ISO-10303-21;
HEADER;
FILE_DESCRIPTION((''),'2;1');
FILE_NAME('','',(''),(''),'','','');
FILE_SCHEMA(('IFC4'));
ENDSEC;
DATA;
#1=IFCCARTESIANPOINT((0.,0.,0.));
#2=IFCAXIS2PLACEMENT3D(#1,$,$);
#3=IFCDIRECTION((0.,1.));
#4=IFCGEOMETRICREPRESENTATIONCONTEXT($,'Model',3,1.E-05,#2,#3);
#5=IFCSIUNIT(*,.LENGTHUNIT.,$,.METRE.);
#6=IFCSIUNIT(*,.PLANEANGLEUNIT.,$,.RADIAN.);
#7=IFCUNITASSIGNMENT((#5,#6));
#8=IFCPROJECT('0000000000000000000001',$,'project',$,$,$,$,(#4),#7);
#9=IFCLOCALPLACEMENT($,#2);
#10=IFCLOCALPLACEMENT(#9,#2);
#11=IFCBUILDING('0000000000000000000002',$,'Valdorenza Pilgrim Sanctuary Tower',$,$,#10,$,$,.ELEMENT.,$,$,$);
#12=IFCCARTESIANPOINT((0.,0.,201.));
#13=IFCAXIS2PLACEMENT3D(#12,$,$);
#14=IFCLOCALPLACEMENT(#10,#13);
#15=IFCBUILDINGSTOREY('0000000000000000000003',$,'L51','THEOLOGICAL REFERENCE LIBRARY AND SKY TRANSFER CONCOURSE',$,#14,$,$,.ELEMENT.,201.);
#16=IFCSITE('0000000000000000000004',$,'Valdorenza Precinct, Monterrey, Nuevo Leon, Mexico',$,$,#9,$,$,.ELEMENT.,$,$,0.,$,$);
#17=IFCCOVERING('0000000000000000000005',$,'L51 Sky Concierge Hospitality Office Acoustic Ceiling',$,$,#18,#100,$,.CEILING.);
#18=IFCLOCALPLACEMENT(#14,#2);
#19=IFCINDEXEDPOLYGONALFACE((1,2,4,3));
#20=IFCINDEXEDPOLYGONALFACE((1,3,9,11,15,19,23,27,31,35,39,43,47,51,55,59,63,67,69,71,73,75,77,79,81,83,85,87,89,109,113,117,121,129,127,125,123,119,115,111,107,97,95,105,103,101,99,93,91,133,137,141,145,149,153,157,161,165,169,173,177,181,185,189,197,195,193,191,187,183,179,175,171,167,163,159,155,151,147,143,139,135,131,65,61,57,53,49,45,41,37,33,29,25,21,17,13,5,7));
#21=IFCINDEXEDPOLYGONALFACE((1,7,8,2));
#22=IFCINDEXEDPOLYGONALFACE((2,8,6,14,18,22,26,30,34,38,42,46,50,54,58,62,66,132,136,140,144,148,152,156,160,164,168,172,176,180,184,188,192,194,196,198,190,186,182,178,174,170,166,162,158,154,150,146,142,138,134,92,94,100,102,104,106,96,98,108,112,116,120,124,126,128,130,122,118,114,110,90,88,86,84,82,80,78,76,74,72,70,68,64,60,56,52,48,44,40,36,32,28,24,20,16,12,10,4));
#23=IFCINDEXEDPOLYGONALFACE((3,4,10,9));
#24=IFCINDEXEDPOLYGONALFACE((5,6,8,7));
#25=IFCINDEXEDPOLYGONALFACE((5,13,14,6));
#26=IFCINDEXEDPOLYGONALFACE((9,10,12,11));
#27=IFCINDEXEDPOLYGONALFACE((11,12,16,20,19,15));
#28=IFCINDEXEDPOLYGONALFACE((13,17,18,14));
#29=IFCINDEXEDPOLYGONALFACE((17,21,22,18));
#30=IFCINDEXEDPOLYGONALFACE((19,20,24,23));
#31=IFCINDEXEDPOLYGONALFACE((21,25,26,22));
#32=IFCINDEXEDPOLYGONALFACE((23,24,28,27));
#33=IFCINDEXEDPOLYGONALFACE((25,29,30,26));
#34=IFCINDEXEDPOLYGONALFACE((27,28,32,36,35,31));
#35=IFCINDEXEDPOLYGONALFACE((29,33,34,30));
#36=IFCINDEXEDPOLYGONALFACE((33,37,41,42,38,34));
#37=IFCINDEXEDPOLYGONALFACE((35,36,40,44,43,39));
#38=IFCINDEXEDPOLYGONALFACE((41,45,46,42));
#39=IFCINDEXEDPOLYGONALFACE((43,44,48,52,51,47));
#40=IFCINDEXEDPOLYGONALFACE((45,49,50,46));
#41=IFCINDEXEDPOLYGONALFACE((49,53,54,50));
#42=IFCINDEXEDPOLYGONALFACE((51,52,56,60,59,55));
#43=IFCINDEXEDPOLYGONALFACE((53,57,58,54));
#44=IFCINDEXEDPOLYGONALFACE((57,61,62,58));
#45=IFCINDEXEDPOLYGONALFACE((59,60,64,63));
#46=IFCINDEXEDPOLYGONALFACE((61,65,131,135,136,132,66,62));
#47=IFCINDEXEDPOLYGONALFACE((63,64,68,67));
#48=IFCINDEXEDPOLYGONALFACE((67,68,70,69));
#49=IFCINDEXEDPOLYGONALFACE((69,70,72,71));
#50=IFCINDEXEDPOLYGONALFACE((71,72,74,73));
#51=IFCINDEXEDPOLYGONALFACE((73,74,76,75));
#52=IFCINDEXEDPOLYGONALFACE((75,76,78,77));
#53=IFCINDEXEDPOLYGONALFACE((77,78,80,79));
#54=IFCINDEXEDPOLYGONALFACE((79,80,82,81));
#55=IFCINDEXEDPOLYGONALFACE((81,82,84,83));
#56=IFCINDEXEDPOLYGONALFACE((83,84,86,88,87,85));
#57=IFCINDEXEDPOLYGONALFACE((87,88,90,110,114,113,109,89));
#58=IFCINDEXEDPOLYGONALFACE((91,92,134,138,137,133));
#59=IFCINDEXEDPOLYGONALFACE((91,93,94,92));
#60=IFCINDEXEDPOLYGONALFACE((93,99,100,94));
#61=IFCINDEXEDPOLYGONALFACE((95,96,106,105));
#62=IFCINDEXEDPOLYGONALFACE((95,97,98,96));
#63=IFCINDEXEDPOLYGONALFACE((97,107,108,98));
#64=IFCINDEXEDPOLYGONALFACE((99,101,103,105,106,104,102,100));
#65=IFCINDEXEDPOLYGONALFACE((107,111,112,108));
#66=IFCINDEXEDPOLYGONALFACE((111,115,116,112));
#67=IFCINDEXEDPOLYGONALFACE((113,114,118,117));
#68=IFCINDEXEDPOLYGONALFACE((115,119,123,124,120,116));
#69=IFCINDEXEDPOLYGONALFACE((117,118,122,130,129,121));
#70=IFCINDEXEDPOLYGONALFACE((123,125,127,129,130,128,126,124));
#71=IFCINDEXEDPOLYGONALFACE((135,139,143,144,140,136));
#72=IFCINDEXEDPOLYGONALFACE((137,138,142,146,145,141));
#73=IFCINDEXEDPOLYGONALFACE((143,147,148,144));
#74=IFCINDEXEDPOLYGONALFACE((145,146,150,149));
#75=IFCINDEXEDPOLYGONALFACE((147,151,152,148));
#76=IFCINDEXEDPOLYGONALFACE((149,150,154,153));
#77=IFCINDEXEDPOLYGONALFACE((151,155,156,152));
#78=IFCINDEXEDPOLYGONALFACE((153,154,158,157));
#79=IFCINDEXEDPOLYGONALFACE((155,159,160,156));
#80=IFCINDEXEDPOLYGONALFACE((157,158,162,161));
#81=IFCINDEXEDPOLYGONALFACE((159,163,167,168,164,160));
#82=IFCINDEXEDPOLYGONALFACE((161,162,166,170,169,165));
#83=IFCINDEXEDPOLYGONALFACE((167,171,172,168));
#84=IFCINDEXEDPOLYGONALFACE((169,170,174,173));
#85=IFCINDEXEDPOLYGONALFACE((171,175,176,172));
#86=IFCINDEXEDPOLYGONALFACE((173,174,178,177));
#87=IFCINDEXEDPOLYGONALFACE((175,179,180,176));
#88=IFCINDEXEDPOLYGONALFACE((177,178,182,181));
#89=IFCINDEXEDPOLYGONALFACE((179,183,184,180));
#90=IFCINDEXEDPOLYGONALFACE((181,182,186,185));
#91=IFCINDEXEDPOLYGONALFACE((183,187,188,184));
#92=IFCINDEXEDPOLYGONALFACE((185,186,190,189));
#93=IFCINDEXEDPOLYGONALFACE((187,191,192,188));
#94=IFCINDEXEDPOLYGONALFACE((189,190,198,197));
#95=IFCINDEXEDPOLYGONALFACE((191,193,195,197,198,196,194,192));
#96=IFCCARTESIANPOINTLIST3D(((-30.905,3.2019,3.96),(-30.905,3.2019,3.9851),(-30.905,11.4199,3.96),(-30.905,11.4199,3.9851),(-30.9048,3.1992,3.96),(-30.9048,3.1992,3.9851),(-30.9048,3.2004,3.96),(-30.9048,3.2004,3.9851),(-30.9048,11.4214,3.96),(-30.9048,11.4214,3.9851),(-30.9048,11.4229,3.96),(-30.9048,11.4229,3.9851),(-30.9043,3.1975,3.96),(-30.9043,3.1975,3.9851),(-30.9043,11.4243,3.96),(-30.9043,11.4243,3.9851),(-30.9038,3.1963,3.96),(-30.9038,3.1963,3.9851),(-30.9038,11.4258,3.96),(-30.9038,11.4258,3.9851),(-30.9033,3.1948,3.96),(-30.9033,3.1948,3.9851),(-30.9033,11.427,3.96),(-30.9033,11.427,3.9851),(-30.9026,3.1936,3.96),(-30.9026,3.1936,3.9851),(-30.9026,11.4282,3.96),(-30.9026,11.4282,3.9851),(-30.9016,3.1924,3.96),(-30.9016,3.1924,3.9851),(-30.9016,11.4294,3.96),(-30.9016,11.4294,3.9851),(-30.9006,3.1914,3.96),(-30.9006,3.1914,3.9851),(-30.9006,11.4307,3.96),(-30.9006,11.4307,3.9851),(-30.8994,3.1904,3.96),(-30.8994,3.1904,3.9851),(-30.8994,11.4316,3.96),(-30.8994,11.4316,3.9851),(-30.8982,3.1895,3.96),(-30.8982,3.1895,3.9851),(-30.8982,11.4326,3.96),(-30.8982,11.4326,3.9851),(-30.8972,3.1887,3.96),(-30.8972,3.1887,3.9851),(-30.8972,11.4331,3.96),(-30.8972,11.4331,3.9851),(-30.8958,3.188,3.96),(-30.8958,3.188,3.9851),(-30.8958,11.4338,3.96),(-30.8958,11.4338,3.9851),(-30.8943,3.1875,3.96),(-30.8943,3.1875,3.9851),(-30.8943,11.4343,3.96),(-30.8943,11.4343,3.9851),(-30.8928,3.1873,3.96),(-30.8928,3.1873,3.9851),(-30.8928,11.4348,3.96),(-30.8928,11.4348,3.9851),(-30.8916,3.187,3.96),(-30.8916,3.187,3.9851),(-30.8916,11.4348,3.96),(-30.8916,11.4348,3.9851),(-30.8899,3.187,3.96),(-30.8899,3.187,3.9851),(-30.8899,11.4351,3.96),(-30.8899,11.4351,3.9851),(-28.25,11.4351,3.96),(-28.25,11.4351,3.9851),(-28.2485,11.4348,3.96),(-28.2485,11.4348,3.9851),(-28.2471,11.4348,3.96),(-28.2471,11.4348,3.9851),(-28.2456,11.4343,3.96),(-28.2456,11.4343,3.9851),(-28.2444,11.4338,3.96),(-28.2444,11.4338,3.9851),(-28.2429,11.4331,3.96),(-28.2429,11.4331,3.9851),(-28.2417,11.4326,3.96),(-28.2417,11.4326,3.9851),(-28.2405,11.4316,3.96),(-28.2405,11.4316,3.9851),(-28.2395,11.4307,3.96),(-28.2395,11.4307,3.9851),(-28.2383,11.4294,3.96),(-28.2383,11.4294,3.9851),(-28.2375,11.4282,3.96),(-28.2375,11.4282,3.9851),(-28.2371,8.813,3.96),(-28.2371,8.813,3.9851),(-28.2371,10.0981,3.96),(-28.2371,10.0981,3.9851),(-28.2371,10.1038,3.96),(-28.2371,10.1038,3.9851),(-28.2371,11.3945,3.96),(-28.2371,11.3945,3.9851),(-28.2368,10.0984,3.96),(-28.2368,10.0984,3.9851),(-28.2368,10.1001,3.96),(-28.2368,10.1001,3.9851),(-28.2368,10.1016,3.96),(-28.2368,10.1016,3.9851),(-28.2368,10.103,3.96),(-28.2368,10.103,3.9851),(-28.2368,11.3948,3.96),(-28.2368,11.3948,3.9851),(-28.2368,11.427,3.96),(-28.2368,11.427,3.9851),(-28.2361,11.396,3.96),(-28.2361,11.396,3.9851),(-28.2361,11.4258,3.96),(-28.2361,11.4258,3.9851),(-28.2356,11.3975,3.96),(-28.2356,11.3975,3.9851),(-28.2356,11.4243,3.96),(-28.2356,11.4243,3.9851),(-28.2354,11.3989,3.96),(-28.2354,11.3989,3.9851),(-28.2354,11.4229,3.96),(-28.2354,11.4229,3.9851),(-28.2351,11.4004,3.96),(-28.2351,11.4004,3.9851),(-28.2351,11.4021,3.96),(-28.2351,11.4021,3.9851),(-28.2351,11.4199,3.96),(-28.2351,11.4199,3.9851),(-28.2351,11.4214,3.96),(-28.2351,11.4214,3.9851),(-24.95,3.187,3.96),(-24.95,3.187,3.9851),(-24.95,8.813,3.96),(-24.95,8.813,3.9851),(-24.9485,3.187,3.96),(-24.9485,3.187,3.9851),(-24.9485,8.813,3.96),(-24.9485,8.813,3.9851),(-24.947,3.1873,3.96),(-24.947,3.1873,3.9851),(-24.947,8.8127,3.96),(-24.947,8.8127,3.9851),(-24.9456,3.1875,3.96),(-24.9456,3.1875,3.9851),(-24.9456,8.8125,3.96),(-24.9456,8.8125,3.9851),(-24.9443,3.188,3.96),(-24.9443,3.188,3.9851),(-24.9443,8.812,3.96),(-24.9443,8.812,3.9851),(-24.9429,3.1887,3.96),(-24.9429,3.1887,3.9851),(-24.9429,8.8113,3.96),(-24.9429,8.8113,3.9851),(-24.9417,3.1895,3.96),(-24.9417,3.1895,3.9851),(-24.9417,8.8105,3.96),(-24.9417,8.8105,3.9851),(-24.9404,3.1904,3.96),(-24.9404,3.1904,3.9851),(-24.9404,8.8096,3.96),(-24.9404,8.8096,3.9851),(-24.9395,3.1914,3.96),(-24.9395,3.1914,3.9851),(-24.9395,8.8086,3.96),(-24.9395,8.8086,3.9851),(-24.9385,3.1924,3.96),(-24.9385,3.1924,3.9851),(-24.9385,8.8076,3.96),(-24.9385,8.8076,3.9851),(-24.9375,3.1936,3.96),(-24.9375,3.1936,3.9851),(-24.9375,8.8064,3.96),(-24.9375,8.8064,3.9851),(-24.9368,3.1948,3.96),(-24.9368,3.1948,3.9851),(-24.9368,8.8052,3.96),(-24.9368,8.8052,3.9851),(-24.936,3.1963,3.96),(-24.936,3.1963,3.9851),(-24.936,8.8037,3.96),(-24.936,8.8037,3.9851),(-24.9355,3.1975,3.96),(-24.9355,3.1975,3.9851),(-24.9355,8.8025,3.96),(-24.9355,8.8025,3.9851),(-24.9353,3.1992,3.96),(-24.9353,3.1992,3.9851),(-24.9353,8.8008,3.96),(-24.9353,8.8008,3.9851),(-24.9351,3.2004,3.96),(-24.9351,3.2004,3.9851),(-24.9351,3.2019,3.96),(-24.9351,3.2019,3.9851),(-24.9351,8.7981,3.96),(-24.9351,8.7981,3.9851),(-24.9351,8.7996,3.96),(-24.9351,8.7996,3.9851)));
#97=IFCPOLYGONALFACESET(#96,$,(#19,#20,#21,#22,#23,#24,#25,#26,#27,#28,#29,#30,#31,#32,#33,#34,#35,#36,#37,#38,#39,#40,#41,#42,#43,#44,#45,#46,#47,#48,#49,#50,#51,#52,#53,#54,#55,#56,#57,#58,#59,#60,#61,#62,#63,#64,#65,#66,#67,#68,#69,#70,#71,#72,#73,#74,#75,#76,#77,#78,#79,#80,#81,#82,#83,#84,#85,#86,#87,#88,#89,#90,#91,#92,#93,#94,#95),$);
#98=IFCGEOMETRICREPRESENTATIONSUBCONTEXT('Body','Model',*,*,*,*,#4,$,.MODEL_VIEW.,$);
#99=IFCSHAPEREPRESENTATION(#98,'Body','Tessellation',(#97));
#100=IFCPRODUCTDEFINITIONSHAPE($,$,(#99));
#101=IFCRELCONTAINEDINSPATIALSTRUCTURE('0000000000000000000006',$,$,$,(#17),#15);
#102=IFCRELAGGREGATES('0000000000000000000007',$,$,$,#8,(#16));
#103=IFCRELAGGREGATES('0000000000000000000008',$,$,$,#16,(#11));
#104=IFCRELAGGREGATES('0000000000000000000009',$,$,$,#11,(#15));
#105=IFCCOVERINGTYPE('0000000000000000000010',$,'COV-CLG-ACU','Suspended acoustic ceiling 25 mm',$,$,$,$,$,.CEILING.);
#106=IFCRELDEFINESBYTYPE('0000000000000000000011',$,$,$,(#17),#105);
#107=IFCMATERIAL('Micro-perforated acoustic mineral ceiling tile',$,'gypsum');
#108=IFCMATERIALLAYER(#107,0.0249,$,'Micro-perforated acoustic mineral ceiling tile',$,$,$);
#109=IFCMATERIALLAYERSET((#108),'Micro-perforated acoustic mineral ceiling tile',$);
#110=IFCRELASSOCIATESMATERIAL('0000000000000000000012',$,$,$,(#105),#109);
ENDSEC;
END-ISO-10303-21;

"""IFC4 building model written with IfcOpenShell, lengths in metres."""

from ifc_helpers import new_model, si_unit, direction, frame, origin, place, context, subcontext, project, spatial, polyline, outline, extrude, material, layer, layer_set, type_object, element, save


model = new_model("IFC4")

# Units and contexts
model_context = context("Model", 3, precision=1e-05, world=origin(), true_north=direction((0.0, 1.0)))
body_context = subcontext(model_context, "Body", "Model", "MODEL_VIEW")
ifc_project = project(units=[si_unit("LENGTHUNIT", "METRE"), si_unit("PLANEANGLEUNIT", "RADIAN")], contexts=[model_context])

# Site, building, storey
site_placement = place(None, origin())
site = spatial("IfcSite", under=ifc_project, at=site_placement, Name="Valdorenza Precinct, Monterrey, Nuevo Leon, Mexico", CompositionType="ELEMENT", RefElevation=0.0)
building_placement = place(site_placement, origin())
building = spatial("IfcBuilding", under=site, at=building_placement, Name="Valdorenza Pilgrim Sanctuary Tower", CompositionType="ELEMENT")
storey_placement = place(building_placement, frame((0.0, 0.0, 201.0)))
storey = spatial("IfcBuildingStorey", under=building, at=storey_placement, Name="L51", Description="THEOLOGICAL REFERENCE LIBRARY AND SKY TRANSFER CONCOURSE", CompositionType="ELEMENT", Elevation=201.0)

# Covering
ifc_material_1 = material(Name="Micro-perforated acoustic mineral ceiling tile", Category="gypsum")
ifc_layer_1 = layer(ifc_material_1, 0.0249, Name="Micro-perforated acoustic mineral ceiling tile")
ifc_layer_set_1 = layer_set([ifc_layer_1], Name="Micro-perforated acoustic mineral ceiling tile")
covering_type_1 = type_object("IfcCoveringType", Name="COV-CLG-ACU", Description="Suspended acoustic ceiling 25 mm", PredefinedType="CEILING", material=ifc_layer_set_1)
covering_1_placement = place(storey_placement, frame((0.0, 0.0, 3.96)))
element("IfcCovering", 1, at=covering_1_placement, inside=storey, type_object=covering_type_1, Name="L51 Sky Concierge Hospitality Office Acoustic Ceiling", PredefinedType="CEILING", context=body_context, shape_type="SweptSolid", body=[
    extrude(outline(polyline([(-28.2371, 8.813), (-24.95, 8.813), (-24.9485, 8.813), (-24.947, 8.8127), (-24.9456, 8.8125), (-24.9443, 8.812), (-24.9429, 8.8113), (-24.9417, 8.8105), (-24.9404, 8.8096), (-24.9395, 8.8086), (-24.9385, 8.8076), (-24.9375, 8.8064), (-24.9368, 8.8052), (-24.936, 8.8037), (-24.9355, 8.8025), (-24.9353, 8.8008), (-24.9351, 8.7996), (-24.9351, 8.7981), (-24.9351, 3.2019), (-24.9351, 3.2004), (-24.9353, 3.1992), (-24.9355, 3.1975), (-24.936, 3.1963), (-24.9368, 3.1948), (-24.9375, 3.1936), (-24.9385, 3.1924), (-24.9395, 3.1914), (-24.9404, 3.1904), (-24.9417, 3.1895), (-24.9429, 3.1887), (-24.9443, 3.188), (-24.9456, 3.1875), (-24.947, 3.1873), (-24.9485, 3.187), (-24.95, 3.187), (-30.8899, 3.187), (-30.8916, 3.187), (-30.8928, 3.1873), (-30.8943, 3.1875), (-30.8958, 3.188), (-30.8972, 3.1887), (-30.8982, 3.1895), (-30.8994, 3.1904), (-30.9006, 3.1914), (-30.9016, 3.1924), (-30.9026, 3.1936), (-30.9033, 3.1948), (-30.9038, 3.1963), (-30.9043, 3.1975), (-30.9048, 3.1992), (-30.9048, 3.2004), (-30.905, 3.2019), (-30.905, 11.4199), (-30.9048, 11.4214), (-30.9048, 11.4229), (-30.9043, 11.4243), (-30.9038, 11.4258), (-30.9033, 11.427), (-30.9026, 11.4282), (-30.9016, 11.4294), (-30.9006, 11.4307), (-30.8994, 11.4316), (-30.8982, 11.4326), (-30.8972, 11.4331), (-30.8958, 11.4338), (-30.8943, 11.4343), (-30.8928, 11.4348), (-30.8916, 11.4348), (-30.8899, 11.4351), (-28.25, 11.4351), (-28.2485, 11.4348), (-28.2471, 11.4348), (-28.2456, 11.4343), (-28.2444, 11.4338), (-28.2429, 11.4331), (-28.2417, 11.4326), (-28.2405, 11.4316), (-28.2395, 11.4307), (-28.2383, 11.4294), (-28.2375, 11.4282), (-28.2368, 11.427), (-28.2361, 11.4258), (-28.2356, 11.4243), (-28.2354, 11.4229), (-28.2351, 11.4214), (-28.2351, 11.4199), (-28.2351, 11.4021), (-28.2351, 11.4004), (-28.2354, 11.3989), (-28.2356, 11.3975), (-28.2361, 11.396), (-28.2368, 11.3948), (-28.2371, 11.3945), (-28.2371, 10.1038), (-28.2368, 10.103), (-28.2368, 10.1016), (-28.2368, 10.1001), (-28.2368, 10.0984), (-28.2371, 10.0981), (-28.2371, 8.813)])), origin(), (0.0, 0.0, 1.0), 0.0251),
])

save(model, "model.ifc")
